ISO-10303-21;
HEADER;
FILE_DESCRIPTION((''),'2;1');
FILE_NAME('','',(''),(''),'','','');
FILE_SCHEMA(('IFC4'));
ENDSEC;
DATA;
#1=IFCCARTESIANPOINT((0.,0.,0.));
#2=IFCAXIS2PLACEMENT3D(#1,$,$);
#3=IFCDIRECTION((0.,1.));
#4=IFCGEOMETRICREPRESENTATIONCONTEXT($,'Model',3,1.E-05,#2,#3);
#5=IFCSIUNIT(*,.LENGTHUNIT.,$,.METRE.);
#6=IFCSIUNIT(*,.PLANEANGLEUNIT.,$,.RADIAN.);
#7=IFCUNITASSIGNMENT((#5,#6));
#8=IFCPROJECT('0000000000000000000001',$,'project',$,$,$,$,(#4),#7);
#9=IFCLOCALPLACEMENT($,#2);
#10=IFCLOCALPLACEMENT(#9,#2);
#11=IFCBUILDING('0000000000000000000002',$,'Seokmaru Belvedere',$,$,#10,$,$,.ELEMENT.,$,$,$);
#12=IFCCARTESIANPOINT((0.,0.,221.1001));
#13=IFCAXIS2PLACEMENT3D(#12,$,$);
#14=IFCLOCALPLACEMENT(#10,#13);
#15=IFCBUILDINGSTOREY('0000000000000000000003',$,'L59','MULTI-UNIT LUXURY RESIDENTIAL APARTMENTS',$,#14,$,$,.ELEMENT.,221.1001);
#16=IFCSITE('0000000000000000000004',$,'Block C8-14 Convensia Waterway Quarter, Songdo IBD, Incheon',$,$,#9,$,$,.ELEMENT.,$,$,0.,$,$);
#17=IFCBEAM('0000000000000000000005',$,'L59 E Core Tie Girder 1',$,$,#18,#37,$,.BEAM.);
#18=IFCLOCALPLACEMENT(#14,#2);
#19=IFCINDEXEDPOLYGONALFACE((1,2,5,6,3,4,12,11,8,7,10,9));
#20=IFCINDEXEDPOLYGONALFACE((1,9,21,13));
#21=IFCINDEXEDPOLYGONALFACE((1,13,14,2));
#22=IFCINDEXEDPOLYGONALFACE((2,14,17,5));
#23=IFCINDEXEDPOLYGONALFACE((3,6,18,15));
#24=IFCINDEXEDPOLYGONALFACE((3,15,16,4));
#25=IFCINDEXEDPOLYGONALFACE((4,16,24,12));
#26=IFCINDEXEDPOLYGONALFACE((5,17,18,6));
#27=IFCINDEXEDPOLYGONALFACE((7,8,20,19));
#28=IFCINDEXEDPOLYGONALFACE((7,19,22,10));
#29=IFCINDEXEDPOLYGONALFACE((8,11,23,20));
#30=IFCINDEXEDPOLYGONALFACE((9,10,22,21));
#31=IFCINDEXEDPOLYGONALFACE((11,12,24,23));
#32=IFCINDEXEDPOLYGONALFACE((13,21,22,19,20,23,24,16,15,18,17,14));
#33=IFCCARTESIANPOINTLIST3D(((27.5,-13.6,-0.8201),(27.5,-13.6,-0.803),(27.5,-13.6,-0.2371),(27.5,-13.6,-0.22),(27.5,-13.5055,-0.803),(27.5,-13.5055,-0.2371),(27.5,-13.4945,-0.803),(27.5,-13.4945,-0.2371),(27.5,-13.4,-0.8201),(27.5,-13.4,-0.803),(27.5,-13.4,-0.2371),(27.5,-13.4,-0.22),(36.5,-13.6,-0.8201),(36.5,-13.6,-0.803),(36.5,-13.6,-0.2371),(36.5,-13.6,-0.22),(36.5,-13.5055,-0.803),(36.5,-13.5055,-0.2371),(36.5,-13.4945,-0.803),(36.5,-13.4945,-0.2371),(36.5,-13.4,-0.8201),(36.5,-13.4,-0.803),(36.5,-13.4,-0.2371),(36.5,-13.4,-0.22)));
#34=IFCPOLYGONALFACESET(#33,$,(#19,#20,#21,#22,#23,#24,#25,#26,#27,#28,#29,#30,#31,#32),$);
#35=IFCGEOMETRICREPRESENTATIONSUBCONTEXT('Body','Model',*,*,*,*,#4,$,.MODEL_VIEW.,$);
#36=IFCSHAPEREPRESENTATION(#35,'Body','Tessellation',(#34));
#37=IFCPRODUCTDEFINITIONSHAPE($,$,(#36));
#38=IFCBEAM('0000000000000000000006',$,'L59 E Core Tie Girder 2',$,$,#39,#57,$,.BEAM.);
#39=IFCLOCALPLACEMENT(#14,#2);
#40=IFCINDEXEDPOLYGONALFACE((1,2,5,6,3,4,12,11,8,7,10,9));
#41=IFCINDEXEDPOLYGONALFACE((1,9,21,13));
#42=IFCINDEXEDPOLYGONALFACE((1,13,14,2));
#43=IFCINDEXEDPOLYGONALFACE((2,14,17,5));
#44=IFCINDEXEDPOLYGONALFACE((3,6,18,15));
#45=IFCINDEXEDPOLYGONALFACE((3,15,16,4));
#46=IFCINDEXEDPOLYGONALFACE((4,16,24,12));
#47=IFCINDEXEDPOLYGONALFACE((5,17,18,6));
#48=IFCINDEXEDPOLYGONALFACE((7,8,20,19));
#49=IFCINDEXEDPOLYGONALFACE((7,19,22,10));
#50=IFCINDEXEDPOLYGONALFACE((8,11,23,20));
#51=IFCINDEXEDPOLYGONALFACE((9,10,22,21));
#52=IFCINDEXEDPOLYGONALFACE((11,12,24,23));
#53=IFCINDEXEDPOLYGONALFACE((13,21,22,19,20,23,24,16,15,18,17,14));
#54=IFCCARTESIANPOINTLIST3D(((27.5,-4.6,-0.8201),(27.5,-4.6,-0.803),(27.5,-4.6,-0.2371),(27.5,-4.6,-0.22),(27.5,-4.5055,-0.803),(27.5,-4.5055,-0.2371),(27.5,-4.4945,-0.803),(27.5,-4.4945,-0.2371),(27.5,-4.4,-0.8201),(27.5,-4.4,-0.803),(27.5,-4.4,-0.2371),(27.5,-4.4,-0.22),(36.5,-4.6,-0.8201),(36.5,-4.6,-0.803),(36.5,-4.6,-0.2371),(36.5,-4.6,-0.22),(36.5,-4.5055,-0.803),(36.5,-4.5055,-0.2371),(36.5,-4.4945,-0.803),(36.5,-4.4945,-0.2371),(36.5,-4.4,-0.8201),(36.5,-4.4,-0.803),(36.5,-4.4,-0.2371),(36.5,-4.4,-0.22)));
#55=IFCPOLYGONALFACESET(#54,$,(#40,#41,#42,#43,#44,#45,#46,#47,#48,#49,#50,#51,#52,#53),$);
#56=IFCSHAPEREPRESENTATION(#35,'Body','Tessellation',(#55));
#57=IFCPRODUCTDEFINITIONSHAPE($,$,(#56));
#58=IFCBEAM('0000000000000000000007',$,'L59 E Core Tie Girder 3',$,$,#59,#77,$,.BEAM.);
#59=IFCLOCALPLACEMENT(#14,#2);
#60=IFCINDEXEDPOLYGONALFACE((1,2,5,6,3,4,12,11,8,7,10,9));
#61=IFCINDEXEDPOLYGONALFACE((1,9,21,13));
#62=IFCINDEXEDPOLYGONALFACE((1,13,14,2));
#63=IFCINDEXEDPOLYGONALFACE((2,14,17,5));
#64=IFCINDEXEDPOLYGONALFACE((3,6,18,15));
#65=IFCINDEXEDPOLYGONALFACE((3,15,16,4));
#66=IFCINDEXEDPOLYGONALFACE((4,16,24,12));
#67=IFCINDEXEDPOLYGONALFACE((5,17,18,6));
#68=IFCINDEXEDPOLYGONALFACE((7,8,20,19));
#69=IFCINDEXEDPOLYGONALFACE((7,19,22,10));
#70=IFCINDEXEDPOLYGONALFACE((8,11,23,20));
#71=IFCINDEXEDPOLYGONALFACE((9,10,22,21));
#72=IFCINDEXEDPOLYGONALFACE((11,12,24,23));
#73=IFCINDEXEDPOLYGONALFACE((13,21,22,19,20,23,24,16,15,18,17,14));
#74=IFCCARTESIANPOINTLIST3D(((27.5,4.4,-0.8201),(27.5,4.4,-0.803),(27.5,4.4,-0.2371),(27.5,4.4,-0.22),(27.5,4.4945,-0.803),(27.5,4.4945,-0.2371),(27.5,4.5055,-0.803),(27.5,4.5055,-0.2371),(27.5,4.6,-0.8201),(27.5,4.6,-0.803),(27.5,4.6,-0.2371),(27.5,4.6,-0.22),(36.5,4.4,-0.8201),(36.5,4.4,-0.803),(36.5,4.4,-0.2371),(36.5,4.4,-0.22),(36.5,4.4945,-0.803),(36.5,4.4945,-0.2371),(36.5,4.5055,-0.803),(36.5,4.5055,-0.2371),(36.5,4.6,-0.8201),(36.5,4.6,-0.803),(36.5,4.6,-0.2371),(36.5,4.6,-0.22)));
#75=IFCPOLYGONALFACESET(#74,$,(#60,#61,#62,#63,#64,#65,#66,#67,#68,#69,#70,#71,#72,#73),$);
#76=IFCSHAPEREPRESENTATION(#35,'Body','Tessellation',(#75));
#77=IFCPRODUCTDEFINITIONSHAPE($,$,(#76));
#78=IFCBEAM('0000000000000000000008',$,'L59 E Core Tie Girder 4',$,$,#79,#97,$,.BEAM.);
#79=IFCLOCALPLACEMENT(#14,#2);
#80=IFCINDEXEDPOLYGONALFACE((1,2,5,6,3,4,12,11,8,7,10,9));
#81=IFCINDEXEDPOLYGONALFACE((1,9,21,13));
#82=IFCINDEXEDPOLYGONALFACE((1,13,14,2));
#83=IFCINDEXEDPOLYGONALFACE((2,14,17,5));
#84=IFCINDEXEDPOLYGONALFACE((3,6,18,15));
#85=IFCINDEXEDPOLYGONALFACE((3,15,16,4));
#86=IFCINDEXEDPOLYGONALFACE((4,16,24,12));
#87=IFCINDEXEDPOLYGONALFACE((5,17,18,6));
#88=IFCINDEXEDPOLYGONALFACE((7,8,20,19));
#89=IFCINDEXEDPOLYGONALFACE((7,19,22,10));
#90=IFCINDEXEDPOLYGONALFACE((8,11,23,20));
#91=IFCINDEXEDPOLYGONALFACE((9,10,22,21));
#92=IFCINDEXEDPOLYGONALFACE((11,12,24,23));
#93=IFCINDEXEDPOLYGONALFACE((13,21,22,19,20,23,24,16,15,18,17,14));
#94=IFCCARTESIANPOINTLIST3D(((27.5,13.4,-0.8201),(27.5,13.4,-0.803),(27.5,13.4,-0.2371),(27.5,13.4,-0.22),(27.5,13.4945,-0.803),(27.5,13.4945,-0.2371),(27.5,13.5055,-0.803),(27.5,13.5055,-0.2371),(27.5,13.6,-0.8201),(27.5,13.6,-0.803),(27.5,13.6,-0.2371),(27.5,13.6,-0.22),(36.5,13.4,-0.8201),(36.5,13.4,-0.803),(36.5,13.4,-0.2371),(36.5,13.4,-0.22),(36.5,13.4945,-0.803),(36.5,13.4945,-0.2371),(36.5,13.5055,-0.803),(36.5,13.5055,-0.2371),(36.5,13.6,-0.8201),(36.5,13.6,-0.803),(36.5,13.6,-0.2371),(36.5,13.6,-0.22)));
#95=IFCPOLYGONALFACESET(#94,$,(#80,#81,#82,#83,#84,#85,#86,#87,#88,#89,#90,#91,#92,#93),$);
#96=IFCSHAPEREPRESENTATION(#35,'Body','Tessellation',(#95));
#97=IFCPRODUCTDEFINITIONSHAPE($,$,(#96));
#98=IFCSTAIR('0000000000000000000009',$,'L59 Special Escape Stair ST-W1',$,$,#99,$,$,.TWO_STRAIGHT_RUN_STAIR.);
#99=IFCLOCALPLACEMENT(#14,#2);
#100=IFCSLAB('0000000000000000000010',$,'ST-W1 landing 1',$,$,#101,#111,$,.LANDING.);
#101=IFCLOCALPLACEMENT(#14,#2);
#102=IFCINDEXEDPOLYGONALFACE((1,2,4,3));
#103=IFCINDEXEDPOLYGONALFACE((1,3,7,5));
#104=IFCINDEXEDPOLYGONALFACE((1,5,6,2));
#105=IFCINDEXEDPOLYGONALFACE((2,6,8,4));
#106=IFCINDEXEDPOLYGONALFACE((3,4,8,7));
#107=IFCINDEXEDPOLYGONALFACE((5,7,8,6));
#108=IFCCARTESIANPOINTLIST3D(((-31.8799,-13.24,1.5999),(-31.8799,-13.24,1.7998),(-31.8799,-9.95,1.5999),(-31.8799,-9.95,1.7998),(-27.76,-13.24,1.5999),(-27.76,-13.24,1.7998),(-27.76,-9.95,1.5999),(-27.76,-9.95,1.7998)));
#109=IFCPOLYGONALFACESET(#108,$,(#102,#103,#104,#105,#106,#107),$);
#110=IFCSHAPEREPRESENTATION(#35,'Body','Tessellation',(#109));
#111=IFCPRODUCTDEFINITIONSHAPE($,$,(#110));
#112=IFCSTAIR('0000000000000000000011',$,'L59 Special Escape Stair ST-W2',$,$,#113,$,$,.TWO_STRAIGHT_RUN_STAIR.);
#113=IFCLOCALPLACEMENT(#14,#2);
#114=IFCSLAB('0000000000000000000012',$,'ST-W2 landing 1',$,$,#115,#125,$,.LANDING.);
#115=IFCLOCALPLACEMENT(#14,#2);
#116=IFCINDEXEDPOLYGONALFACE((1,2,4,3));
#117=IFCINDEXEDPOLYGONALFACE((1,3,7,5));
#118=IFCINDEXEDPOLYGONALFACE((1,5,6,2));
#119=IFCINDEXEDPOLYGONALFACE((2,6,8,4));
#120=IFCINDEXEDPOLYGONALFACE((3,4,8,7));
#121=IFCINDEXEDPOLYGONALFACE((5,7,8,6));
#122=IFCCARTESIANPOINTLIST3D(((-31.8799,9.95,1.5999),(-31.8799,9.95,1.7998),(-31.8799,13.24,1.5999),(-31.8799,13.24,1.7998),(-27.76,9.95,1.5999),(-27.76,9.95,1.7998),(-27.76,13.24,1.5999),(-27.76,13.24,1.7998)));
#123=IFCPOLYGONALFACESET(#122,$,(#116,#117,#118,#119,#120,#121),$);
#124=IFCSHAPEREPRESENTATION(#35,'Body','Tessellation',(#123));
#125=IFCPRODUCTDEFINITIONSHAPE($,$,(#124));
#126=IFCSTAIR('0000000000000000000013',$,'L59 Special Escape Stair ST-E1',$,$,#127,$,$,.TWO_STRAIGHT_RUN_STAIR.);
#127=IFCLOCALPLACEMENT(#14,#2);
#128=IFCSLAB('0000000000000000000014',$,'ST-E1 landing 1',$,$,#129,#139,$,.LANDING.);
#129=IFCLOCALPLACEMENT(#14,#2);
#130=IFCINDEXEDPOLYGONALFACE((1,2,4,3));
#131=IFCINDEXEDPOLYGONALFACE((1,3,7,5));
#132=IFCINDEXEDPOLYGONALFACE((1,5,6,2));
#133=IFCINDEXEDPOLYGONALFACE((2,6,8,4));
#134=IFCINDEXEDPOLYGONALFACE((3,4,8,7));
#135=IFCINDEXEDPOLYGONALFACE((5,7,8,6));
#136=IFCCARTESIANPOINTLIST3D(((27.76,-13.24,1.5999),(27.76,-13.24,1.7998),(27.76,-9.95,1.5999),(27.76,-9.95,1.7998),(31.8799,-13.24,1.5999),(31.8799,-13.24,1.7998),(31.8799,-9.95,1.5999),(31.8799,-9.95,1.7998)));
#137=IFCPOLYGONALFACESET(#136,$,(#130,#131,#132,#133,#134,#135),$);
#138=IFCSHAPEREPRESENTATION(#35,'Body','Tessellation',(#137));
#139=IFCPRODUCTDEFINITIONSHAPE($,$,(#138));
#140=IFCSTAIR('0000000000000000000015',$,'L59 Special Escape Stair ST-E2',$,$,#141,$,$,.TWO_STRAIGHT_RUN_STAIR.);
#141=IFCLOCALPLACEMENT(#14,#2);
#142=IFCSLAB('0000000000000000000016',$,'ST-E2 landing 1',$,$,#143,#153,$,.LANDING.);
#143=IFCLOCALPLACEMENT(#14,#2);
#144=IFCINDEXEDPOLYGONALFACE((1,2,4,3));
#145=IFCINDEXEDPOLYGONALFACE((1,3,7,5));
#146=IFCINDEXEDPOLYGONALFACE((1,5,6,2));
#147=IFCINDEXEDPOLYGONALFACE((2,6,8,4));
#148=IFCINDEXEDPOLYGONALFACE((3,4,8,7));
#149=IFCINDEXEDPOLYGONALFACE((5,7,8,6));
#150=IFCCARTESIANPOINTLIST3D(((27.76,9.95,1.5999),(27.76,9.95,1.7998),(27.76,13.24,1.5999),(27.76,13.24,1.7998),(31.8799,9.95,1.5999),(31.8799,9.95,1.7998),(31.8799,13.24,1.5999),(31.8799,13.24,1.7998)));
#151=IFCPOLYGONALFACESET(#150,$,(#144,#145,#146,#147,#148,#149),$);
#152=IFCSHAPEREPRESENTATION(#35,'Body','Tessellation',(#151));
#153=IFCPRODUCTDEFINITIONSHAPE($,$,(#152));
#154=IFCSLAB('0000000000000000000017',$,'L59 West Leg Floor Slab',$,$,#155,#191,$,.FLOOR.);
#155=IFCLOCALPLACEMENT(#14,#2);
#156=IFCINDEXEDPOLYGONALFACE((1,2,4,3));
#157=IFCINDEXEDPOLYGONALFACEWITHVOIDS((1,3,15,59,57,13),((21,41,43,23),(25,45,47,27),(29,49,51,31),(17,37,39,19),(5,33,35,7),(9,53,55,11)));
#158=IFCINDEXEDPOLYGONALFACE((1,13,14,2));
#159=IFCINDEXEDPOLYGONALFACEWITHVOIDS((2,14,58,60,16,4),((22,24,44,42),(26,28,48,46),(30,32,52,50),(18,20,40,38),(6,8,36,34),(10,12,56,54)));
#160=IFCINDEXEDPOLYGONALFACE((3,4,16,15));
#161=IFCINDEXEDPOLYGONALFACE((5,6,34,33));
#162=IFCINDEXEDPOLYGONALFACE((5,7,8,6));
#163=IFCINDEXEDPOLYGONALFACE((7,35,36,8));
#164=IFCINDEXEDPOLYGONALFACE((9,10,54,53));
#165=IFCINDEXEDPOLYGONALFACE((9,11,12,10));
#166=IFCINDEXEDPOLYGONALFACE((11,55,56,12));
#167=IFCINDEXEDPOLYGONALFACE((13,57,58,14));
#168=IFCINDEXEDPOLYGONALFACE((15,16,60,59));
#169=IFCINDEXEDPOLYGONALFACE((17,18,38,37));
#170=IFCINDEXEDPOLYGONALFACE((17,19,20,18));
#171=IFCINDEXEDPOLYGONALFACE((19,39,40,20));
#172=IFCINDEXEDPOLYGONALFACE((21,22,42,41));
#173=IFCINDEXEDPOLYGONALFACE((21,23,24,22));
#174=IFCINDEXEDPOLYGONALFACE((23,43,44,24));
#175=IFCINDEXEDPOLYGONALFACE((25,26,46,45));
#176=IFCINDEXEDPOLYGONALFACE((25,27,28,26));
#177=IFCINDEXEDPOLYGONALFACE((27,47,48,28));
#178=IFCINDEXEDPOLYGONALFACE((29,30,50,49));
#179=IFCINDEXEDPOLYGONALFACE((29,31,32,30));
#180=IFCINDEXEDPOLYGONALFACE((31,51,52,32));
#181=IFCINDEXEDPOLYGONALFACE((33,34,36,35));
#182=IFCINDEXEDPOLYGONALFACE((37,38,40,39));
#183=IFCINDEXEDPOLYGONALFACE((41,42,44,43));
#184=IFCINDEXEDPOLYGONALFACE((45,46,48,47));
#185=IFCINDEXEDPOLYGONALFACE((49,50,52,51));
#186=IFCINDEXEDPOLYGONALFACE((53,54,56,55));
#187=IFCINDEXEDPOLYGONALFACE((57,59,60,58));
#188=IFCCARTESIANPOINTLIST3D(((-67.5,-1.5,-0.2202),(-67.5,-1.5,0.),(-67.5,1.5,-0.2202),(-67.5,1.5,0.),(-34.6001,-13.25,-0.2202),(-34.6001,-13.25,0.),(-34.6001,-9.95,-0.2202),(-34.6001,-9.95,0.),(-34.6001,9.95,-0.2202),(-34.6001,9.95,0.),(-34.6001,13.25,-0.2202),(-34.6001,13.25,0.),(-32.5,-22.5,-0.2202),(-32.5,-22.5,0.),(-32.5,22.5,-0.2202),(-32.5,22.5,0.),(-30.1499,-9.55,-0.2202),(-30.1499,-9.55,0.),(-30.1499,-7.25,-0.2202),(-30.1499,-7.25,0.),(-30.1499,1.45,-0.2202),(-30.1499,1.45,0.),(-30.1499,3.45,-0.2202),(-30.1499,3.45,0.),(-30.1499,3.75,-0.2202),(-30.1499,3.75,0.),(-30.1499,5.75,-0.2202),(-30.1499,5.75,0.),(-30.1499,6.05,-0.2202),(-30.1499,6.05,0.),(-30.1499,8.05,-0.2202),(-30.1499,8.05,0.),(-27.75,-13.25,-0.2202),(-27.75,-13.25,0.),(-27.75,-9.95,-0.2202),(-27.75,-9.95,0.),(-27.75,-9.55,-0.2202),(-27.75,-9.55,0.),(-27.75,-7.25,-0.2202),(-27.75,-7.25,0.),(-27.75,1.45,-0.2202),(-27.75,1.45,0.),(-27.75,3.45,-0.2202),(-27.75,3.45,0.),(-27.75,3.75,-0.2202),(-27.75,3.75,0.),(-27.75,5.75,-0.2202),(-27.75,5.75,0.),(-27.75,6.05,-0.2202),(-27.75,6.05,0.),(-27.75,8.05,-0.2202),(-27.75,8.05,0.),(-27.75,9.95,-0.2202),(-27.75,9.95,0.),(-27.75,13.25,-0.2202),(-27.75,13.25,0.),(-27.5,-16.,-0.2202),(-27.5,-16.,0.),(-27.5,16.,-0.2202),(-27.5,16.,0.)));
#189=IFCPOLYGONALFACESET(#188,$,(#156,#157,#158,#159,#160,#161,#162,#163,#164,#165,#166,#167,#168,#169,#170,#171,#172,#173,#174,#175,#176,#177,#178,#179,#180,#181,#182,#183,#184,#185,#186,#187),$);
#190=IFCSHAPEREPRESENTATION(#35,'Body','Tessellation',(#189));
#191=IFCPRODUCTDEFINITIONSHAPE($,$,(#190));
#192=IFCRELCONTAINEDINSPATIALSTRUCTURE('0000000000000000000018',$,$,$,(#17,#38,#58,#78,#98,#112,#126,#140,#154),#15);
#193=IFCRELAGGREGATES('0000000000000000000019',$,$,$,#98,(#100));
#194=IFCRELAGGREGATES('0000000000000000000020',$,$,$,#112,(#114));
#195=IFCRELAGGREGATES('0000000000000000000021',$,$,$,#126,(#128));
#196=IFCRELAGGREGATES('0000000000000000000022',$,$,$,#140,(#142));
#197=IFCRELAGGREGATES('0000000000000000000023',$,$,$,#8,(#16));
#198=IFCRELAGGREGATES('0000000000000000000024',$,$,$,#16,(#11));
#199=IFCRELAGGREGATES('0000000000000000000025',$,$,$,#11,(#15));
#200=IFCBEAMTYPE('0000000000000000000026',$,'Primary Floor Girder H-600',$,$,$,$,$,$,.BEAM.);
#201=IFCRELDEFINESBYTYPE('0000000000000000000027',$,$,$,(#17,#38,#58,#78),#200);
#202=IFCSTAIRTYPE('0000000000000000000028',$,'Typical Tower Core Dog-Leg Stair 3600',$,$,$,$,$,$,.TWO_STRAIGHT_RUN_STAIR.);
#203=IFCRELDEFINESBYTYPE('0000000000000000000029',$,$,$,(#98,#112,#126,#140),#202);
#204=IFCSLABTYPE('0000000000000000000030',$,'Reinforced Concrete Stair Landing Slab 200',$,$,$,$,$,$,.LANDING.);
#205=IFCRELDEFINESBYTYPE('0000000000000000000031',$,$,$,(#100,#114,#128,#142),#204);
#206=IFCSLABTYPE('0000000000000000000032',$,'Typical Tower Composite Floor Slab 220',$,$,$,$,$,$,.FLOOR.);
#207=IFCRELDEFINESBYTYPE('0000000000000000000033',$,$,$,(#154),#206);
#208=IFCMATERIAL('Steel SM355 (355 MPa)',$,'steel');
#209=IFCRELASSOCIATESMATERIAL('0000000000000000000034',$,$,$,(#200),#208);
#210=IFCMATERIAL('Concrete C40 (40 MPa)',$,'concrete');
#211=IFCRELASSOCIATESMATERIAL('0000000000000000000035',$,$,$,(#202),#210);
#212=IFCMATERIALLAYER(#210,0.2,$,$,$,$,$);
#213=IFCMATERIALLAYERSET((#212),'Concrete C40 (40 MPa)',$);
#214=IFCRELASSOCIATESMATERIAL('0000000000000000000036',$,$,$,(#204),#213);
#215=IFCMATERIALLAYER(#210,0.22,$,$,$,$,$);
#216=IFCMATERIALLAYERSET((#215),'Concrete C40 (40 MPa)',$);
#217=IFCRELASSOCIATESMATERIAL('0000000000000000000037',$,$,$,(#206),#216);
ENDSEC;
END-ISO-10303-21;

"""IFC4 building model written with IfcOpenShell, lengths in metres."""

from ifc_helpers import new_model, si_unit, direction, frame, origin, origin_2d, place, context, subcontext, project, spatial, polyline, i_section, outline, extrude, source, transform, mapped, material, layer, layer_set, material_profile, profile_set, type_object, type_shapes, element, aggregate, save


model = new_model("IFC4")

# Units and contexts
model_context = context("Model", 3, precision=1e-05, world=origin(), true_north=direction((0.0, 1.0)))
body_context = subcontext(model_context, "Body", "Model", "MODEL_VIEW")
ifc_project = project(units=[si_unit("LENGTHUNIT", "METRE"), si_unit("PLANEANGLEUNIT", "RADIAN")], contexts=[model_context])

# Site, building, storey
site_placement = place(None, origin())
site = spatial("IfcSite", under=ifc_project, at=site_placement, Name="Block C8-14 Convensia Waterway Quarter, Songdo IBD, Incheon", CompositionType="ELEMENT", RefElevation=0.0)
building_placement = place(site_placement, origin())
building = spatial("IfcBuilding", under=site, at=building_placement, Name="Seokmaru Belvedere", CompositionType="ELEMENT")
storey_placement = place(building_placement, frame((0.0, 0.0, 221.1001)))
storey = spatial("IfcBuildingStorey", under=building, at=storey_placement, Name="L59", Description="MULTI-UNIT LUXURY RESIDENTIAL APARTMENTS", CompositionType="ELEMENT", Elevation=221.1001)

# Beams
ifc_material_1 = material(Name="Steel SM355 (355 MPa)", Category="steel")
ifc_material_profile_1 = material_profile(ifc_material_1, i_section(OverallWidth=0.2, OverallDepth=0.6001, WebThickness=0.011, FlangeThickness=0.0171, at=origin_2d()), Name="H-600x200x11x17")
ifc_profile_set_1 = profile_set([ifc_material_profile_1], Name="Steel SM355 (355 MPa)")
beam_type_1 = type_object("IfcBeamType", Name="Primary Floor Girder H-600", PredefinedType="BEAM", material=ifc_profile_set_1)
shared_shape_1 = source(origin(), body_context, "Body", "SweptSolid", [
    extrude(i_section(OverallWidth=0.2, OverallDepth=0.6001, WebThickness=0.011, FlangeThickness=0.0171, at=origin_2d()), origin(), (0.0, 0.0, 1.0), 9.0),
])
type_shapes(beam_type_1, [shared_shape_1])
for number, where, z_axis, x_axis, name in (
    (1, (27.5, -13.5, -0.52), (1.0, 0.0, 0.0), (0.0, 1.0, 0.0), "L59 E Core Tie Girder 1"),
    (2, (27.5, -4.5, -0.52), (1.0, 0.0, 0.0), (0.0, 1.0, 0.0), "L59 E Core Tie Girder 2"),
    (3, (27.5, 4.5, -0.52), (1.0, 0.0, 0.0), (0.0, 1.0, 0.0), "L59 E Core Tie Girder 3"),
    (4, (27.5, 13.5, -0.52), (1.0, 0.0, 0.0), (0.0, 1.0, 0.0), "L59 E Core Tie Girder 4"),
):
    element("IfcBeam", number, at=place(storey_placement, frame(where, z_axis=z_axis, x_axis=x_axis)), inside=storey, type_object=beam_type_1, Name=name, PredefinedType="BEAM", context=body_context, shape_type="MappedRepresentation", body=[
        mapped(shared_shape_1, transform((0.0, 0.0, 0.0), scale=1.0)),
    ])

# Stairs, slabs
ifc_material_2 = material(Name="Concrete C40 (40 MPa)", Category="concrete")
stair_type = type_object("IfcStairType", Name="Typical Tower Core Dog-Leg Stair 3600", PredefinedType="TWO_STRAIGHT_RUN_STAIR", material=ifc_material_2)
stair_1_placement = place(storey_placement, origin())
stair_1 = element("IfcStair", 5, at=stair_1_placement, inside=storey, type_object=stair_type, Name="L59 Special Escape Stair ST-W1", PredefinedType="TWO_STRAIGHT_RUN_STAIR")
ifc_layer_1 = layer(ifc_material_2, 0.2)
ifc_layer_set_1 = layer_set([ifc_layer_1], Name="Concrete C40 (40 MPa)")
slab_type_1 = type_object("IfcSlabType", Name="Reinforced Concrete Stair Landing Slab 200", PredefinedType="LANDING", material=ifc_layer_set_1)
slab_1_placement = place(storey_placement, frame((0.0, 0.0, 1.5999)))
slab_1 = element("IfcSlab", 6, at=slab_1_placement, type_object=slab_type_1, Name="ST-W1 landing 1", PredefinedType="LANDING", context=body_context, shape_type="SweptSolid", body=[
    extrude(outline(polyline([(-31.8799, -13.24), (-27.76, -13.24), (-27.76, -9.95), (-31.8799, -9.95), (-31.8799, -13.24)])), origin(), (0.0, 0.0, 1.0), 0.2),
])
aggregate(stair_1, [slab_1])
stair_2_placement = place(storey_placement, origin())
stair_2 = element("IfcStair", 7, at=stair_2_placement, inside=storey, type_object=stair_type, Name="L59 Special Escape Stair ST-W2", PredefinedType="TWO_STRAIGHT_RUN_STAIR")
slab_2_placement = place(storey_placement, frame((0.0, 0.0, 1.5999)))
slab_2 = element("IfcSlab", 8, at=slab_2_placement, type_object=slab_type_1, Name="ST-W2 landing 1", PredefinedType="LANDING", context=body_context, shape_type="SweptSolid", body=[
    extrude(outline(polyline([(-31.8799, 9.95), (-27.76, 9.95), (-27.76, 13.24), (-31.8799, 13.24), (-31.8799, 9.95)])), origin(), (0.0, 0.0, 1.0), 0.2),
])
aggregate(stair_2, [slab_2])
stair_3_placement = place(storey_placement, origin())
stair_3 = element("IfcStair", 9, at=stair_3_placement, inside=storey, type_object=stair_type, Name="L59 Special Escape Stair ST-E1", PredefinedType="TWO_STRAIGHT_RUN_STAIR")
slab_3_placement = place(storey_placement, frame((0.0, 0.0, 1.5999)))
slab_3 = element("IfcSlab", 10, at=slab_3_placement, type_object=slab_type_1, Name="ST-E1 landing 1", PredefinedType="LANDING", context=body_context, shape_type="SweptSolid", body=[
    extrude(outline(polyline([(27.76, -13.24), (31.8799, -13.24), (31.8799, -9.95), (27.76, -9.95), (27.76, -13.24)])), origin(), (0.0, 0.0, 1.0), 0.2),
])
aggregate(stair_3, [slab_3])
stair_4_placement = place(storey_placement, origin())
stair_4 = element("IfcStair", 11, at=stair_4_placement, inside=storey, type_object=stair_type, Name="L59 Special Escape Stair ST-E2", PredefinedType="TWO_STRAIGHT_RUN_STAIR")
slab_4_placement = place(storey_placement, frame((0.0, 0.0, 1.5999)))
slab_4 = element("IfcSlab", 12, at=slab_4_placement, type_object=slab_type_1, Name="ST-E2 landing 1", PredefinedType="LANDING", context=body_context, shape_type="SweptSolid", body=[
    extrude(outline(polyline([(27.76, 9.95), (31.8799, 9.95), (31.8799, 13.24), (27.76, 13.24), (27.76, 9.95)])), origin(), (0.0, 0.0, 1.0), 0.2),
])
aggregate(stair_4, [slab_4])

# Slab
ifc_layer_2 = layer(ifc_material_2, 0.22)
ifc_layer_set_2 = layer_set([ifc_layer_2], Name="Concrete C40 (40 MPa)")
slab_type_2 = type_object("IfcSlabType", Name="Typical Tower Composite Floor Slab 220", PredefinedType="FLOOR", material=ifc_layer_set_2)
slab_5_placement = place(storey_placement, frame((0.0, 0.0, -0.2202)))
element("IfcSlab", 13, at=slab_5_placement, inside=storey, type_object=slab_type_2, Name="L59 West Leg Floor Slab", PredefinedType="FLOOR", context=body_context, shape_type="SweptSolid", body=[
    extrude(outline(polyline([(-27.5, -16.0), (-27.5, 16.0), (-32.5, 22.5), (-67.5, 1.5), (-67.5, -1.5), (-32.5, -22.5), (-27.5, -16.0)]), holes=[polyline([(-34.6001, -13.25), (-27.75, -13.25), (-27.75, -9.95), (-34.6001, -9.95), (-34.6001, -13.25)]), polyline([(-34.6001, 9.95), (-27.75, 9.95), (-27.75, 13.25), (-34.6001, 13.25), (-34.6001, 9.95)]), polyline([(-30.1499, -9.55), (-27.75, -9.55), (-27.75, -7.25), (-30.1499, -7.25), (-30.1499, -9.55)]), polyline([(-30.1499, 1.45), (-27.75, 1.45), (-27.75, 3.45), (-30.1499, 3.45), (-30.1499, 1.45)]), polyline([(-30.1499, 3.75), (-27.75, 3.75), (-27.75, 5.75), (-30.1499, 5.75), (-30.1499, 3.75)]), polyline([(-30.1499, 6.05), (-27.75, 6.05), (-27.75, 8.05), (-30.1499, 8.05), (-30.1499, 6.05)])]), origin(), (0.0, 0.0, 1.0), 0.2202),
])

save(model, "model.ifc")
